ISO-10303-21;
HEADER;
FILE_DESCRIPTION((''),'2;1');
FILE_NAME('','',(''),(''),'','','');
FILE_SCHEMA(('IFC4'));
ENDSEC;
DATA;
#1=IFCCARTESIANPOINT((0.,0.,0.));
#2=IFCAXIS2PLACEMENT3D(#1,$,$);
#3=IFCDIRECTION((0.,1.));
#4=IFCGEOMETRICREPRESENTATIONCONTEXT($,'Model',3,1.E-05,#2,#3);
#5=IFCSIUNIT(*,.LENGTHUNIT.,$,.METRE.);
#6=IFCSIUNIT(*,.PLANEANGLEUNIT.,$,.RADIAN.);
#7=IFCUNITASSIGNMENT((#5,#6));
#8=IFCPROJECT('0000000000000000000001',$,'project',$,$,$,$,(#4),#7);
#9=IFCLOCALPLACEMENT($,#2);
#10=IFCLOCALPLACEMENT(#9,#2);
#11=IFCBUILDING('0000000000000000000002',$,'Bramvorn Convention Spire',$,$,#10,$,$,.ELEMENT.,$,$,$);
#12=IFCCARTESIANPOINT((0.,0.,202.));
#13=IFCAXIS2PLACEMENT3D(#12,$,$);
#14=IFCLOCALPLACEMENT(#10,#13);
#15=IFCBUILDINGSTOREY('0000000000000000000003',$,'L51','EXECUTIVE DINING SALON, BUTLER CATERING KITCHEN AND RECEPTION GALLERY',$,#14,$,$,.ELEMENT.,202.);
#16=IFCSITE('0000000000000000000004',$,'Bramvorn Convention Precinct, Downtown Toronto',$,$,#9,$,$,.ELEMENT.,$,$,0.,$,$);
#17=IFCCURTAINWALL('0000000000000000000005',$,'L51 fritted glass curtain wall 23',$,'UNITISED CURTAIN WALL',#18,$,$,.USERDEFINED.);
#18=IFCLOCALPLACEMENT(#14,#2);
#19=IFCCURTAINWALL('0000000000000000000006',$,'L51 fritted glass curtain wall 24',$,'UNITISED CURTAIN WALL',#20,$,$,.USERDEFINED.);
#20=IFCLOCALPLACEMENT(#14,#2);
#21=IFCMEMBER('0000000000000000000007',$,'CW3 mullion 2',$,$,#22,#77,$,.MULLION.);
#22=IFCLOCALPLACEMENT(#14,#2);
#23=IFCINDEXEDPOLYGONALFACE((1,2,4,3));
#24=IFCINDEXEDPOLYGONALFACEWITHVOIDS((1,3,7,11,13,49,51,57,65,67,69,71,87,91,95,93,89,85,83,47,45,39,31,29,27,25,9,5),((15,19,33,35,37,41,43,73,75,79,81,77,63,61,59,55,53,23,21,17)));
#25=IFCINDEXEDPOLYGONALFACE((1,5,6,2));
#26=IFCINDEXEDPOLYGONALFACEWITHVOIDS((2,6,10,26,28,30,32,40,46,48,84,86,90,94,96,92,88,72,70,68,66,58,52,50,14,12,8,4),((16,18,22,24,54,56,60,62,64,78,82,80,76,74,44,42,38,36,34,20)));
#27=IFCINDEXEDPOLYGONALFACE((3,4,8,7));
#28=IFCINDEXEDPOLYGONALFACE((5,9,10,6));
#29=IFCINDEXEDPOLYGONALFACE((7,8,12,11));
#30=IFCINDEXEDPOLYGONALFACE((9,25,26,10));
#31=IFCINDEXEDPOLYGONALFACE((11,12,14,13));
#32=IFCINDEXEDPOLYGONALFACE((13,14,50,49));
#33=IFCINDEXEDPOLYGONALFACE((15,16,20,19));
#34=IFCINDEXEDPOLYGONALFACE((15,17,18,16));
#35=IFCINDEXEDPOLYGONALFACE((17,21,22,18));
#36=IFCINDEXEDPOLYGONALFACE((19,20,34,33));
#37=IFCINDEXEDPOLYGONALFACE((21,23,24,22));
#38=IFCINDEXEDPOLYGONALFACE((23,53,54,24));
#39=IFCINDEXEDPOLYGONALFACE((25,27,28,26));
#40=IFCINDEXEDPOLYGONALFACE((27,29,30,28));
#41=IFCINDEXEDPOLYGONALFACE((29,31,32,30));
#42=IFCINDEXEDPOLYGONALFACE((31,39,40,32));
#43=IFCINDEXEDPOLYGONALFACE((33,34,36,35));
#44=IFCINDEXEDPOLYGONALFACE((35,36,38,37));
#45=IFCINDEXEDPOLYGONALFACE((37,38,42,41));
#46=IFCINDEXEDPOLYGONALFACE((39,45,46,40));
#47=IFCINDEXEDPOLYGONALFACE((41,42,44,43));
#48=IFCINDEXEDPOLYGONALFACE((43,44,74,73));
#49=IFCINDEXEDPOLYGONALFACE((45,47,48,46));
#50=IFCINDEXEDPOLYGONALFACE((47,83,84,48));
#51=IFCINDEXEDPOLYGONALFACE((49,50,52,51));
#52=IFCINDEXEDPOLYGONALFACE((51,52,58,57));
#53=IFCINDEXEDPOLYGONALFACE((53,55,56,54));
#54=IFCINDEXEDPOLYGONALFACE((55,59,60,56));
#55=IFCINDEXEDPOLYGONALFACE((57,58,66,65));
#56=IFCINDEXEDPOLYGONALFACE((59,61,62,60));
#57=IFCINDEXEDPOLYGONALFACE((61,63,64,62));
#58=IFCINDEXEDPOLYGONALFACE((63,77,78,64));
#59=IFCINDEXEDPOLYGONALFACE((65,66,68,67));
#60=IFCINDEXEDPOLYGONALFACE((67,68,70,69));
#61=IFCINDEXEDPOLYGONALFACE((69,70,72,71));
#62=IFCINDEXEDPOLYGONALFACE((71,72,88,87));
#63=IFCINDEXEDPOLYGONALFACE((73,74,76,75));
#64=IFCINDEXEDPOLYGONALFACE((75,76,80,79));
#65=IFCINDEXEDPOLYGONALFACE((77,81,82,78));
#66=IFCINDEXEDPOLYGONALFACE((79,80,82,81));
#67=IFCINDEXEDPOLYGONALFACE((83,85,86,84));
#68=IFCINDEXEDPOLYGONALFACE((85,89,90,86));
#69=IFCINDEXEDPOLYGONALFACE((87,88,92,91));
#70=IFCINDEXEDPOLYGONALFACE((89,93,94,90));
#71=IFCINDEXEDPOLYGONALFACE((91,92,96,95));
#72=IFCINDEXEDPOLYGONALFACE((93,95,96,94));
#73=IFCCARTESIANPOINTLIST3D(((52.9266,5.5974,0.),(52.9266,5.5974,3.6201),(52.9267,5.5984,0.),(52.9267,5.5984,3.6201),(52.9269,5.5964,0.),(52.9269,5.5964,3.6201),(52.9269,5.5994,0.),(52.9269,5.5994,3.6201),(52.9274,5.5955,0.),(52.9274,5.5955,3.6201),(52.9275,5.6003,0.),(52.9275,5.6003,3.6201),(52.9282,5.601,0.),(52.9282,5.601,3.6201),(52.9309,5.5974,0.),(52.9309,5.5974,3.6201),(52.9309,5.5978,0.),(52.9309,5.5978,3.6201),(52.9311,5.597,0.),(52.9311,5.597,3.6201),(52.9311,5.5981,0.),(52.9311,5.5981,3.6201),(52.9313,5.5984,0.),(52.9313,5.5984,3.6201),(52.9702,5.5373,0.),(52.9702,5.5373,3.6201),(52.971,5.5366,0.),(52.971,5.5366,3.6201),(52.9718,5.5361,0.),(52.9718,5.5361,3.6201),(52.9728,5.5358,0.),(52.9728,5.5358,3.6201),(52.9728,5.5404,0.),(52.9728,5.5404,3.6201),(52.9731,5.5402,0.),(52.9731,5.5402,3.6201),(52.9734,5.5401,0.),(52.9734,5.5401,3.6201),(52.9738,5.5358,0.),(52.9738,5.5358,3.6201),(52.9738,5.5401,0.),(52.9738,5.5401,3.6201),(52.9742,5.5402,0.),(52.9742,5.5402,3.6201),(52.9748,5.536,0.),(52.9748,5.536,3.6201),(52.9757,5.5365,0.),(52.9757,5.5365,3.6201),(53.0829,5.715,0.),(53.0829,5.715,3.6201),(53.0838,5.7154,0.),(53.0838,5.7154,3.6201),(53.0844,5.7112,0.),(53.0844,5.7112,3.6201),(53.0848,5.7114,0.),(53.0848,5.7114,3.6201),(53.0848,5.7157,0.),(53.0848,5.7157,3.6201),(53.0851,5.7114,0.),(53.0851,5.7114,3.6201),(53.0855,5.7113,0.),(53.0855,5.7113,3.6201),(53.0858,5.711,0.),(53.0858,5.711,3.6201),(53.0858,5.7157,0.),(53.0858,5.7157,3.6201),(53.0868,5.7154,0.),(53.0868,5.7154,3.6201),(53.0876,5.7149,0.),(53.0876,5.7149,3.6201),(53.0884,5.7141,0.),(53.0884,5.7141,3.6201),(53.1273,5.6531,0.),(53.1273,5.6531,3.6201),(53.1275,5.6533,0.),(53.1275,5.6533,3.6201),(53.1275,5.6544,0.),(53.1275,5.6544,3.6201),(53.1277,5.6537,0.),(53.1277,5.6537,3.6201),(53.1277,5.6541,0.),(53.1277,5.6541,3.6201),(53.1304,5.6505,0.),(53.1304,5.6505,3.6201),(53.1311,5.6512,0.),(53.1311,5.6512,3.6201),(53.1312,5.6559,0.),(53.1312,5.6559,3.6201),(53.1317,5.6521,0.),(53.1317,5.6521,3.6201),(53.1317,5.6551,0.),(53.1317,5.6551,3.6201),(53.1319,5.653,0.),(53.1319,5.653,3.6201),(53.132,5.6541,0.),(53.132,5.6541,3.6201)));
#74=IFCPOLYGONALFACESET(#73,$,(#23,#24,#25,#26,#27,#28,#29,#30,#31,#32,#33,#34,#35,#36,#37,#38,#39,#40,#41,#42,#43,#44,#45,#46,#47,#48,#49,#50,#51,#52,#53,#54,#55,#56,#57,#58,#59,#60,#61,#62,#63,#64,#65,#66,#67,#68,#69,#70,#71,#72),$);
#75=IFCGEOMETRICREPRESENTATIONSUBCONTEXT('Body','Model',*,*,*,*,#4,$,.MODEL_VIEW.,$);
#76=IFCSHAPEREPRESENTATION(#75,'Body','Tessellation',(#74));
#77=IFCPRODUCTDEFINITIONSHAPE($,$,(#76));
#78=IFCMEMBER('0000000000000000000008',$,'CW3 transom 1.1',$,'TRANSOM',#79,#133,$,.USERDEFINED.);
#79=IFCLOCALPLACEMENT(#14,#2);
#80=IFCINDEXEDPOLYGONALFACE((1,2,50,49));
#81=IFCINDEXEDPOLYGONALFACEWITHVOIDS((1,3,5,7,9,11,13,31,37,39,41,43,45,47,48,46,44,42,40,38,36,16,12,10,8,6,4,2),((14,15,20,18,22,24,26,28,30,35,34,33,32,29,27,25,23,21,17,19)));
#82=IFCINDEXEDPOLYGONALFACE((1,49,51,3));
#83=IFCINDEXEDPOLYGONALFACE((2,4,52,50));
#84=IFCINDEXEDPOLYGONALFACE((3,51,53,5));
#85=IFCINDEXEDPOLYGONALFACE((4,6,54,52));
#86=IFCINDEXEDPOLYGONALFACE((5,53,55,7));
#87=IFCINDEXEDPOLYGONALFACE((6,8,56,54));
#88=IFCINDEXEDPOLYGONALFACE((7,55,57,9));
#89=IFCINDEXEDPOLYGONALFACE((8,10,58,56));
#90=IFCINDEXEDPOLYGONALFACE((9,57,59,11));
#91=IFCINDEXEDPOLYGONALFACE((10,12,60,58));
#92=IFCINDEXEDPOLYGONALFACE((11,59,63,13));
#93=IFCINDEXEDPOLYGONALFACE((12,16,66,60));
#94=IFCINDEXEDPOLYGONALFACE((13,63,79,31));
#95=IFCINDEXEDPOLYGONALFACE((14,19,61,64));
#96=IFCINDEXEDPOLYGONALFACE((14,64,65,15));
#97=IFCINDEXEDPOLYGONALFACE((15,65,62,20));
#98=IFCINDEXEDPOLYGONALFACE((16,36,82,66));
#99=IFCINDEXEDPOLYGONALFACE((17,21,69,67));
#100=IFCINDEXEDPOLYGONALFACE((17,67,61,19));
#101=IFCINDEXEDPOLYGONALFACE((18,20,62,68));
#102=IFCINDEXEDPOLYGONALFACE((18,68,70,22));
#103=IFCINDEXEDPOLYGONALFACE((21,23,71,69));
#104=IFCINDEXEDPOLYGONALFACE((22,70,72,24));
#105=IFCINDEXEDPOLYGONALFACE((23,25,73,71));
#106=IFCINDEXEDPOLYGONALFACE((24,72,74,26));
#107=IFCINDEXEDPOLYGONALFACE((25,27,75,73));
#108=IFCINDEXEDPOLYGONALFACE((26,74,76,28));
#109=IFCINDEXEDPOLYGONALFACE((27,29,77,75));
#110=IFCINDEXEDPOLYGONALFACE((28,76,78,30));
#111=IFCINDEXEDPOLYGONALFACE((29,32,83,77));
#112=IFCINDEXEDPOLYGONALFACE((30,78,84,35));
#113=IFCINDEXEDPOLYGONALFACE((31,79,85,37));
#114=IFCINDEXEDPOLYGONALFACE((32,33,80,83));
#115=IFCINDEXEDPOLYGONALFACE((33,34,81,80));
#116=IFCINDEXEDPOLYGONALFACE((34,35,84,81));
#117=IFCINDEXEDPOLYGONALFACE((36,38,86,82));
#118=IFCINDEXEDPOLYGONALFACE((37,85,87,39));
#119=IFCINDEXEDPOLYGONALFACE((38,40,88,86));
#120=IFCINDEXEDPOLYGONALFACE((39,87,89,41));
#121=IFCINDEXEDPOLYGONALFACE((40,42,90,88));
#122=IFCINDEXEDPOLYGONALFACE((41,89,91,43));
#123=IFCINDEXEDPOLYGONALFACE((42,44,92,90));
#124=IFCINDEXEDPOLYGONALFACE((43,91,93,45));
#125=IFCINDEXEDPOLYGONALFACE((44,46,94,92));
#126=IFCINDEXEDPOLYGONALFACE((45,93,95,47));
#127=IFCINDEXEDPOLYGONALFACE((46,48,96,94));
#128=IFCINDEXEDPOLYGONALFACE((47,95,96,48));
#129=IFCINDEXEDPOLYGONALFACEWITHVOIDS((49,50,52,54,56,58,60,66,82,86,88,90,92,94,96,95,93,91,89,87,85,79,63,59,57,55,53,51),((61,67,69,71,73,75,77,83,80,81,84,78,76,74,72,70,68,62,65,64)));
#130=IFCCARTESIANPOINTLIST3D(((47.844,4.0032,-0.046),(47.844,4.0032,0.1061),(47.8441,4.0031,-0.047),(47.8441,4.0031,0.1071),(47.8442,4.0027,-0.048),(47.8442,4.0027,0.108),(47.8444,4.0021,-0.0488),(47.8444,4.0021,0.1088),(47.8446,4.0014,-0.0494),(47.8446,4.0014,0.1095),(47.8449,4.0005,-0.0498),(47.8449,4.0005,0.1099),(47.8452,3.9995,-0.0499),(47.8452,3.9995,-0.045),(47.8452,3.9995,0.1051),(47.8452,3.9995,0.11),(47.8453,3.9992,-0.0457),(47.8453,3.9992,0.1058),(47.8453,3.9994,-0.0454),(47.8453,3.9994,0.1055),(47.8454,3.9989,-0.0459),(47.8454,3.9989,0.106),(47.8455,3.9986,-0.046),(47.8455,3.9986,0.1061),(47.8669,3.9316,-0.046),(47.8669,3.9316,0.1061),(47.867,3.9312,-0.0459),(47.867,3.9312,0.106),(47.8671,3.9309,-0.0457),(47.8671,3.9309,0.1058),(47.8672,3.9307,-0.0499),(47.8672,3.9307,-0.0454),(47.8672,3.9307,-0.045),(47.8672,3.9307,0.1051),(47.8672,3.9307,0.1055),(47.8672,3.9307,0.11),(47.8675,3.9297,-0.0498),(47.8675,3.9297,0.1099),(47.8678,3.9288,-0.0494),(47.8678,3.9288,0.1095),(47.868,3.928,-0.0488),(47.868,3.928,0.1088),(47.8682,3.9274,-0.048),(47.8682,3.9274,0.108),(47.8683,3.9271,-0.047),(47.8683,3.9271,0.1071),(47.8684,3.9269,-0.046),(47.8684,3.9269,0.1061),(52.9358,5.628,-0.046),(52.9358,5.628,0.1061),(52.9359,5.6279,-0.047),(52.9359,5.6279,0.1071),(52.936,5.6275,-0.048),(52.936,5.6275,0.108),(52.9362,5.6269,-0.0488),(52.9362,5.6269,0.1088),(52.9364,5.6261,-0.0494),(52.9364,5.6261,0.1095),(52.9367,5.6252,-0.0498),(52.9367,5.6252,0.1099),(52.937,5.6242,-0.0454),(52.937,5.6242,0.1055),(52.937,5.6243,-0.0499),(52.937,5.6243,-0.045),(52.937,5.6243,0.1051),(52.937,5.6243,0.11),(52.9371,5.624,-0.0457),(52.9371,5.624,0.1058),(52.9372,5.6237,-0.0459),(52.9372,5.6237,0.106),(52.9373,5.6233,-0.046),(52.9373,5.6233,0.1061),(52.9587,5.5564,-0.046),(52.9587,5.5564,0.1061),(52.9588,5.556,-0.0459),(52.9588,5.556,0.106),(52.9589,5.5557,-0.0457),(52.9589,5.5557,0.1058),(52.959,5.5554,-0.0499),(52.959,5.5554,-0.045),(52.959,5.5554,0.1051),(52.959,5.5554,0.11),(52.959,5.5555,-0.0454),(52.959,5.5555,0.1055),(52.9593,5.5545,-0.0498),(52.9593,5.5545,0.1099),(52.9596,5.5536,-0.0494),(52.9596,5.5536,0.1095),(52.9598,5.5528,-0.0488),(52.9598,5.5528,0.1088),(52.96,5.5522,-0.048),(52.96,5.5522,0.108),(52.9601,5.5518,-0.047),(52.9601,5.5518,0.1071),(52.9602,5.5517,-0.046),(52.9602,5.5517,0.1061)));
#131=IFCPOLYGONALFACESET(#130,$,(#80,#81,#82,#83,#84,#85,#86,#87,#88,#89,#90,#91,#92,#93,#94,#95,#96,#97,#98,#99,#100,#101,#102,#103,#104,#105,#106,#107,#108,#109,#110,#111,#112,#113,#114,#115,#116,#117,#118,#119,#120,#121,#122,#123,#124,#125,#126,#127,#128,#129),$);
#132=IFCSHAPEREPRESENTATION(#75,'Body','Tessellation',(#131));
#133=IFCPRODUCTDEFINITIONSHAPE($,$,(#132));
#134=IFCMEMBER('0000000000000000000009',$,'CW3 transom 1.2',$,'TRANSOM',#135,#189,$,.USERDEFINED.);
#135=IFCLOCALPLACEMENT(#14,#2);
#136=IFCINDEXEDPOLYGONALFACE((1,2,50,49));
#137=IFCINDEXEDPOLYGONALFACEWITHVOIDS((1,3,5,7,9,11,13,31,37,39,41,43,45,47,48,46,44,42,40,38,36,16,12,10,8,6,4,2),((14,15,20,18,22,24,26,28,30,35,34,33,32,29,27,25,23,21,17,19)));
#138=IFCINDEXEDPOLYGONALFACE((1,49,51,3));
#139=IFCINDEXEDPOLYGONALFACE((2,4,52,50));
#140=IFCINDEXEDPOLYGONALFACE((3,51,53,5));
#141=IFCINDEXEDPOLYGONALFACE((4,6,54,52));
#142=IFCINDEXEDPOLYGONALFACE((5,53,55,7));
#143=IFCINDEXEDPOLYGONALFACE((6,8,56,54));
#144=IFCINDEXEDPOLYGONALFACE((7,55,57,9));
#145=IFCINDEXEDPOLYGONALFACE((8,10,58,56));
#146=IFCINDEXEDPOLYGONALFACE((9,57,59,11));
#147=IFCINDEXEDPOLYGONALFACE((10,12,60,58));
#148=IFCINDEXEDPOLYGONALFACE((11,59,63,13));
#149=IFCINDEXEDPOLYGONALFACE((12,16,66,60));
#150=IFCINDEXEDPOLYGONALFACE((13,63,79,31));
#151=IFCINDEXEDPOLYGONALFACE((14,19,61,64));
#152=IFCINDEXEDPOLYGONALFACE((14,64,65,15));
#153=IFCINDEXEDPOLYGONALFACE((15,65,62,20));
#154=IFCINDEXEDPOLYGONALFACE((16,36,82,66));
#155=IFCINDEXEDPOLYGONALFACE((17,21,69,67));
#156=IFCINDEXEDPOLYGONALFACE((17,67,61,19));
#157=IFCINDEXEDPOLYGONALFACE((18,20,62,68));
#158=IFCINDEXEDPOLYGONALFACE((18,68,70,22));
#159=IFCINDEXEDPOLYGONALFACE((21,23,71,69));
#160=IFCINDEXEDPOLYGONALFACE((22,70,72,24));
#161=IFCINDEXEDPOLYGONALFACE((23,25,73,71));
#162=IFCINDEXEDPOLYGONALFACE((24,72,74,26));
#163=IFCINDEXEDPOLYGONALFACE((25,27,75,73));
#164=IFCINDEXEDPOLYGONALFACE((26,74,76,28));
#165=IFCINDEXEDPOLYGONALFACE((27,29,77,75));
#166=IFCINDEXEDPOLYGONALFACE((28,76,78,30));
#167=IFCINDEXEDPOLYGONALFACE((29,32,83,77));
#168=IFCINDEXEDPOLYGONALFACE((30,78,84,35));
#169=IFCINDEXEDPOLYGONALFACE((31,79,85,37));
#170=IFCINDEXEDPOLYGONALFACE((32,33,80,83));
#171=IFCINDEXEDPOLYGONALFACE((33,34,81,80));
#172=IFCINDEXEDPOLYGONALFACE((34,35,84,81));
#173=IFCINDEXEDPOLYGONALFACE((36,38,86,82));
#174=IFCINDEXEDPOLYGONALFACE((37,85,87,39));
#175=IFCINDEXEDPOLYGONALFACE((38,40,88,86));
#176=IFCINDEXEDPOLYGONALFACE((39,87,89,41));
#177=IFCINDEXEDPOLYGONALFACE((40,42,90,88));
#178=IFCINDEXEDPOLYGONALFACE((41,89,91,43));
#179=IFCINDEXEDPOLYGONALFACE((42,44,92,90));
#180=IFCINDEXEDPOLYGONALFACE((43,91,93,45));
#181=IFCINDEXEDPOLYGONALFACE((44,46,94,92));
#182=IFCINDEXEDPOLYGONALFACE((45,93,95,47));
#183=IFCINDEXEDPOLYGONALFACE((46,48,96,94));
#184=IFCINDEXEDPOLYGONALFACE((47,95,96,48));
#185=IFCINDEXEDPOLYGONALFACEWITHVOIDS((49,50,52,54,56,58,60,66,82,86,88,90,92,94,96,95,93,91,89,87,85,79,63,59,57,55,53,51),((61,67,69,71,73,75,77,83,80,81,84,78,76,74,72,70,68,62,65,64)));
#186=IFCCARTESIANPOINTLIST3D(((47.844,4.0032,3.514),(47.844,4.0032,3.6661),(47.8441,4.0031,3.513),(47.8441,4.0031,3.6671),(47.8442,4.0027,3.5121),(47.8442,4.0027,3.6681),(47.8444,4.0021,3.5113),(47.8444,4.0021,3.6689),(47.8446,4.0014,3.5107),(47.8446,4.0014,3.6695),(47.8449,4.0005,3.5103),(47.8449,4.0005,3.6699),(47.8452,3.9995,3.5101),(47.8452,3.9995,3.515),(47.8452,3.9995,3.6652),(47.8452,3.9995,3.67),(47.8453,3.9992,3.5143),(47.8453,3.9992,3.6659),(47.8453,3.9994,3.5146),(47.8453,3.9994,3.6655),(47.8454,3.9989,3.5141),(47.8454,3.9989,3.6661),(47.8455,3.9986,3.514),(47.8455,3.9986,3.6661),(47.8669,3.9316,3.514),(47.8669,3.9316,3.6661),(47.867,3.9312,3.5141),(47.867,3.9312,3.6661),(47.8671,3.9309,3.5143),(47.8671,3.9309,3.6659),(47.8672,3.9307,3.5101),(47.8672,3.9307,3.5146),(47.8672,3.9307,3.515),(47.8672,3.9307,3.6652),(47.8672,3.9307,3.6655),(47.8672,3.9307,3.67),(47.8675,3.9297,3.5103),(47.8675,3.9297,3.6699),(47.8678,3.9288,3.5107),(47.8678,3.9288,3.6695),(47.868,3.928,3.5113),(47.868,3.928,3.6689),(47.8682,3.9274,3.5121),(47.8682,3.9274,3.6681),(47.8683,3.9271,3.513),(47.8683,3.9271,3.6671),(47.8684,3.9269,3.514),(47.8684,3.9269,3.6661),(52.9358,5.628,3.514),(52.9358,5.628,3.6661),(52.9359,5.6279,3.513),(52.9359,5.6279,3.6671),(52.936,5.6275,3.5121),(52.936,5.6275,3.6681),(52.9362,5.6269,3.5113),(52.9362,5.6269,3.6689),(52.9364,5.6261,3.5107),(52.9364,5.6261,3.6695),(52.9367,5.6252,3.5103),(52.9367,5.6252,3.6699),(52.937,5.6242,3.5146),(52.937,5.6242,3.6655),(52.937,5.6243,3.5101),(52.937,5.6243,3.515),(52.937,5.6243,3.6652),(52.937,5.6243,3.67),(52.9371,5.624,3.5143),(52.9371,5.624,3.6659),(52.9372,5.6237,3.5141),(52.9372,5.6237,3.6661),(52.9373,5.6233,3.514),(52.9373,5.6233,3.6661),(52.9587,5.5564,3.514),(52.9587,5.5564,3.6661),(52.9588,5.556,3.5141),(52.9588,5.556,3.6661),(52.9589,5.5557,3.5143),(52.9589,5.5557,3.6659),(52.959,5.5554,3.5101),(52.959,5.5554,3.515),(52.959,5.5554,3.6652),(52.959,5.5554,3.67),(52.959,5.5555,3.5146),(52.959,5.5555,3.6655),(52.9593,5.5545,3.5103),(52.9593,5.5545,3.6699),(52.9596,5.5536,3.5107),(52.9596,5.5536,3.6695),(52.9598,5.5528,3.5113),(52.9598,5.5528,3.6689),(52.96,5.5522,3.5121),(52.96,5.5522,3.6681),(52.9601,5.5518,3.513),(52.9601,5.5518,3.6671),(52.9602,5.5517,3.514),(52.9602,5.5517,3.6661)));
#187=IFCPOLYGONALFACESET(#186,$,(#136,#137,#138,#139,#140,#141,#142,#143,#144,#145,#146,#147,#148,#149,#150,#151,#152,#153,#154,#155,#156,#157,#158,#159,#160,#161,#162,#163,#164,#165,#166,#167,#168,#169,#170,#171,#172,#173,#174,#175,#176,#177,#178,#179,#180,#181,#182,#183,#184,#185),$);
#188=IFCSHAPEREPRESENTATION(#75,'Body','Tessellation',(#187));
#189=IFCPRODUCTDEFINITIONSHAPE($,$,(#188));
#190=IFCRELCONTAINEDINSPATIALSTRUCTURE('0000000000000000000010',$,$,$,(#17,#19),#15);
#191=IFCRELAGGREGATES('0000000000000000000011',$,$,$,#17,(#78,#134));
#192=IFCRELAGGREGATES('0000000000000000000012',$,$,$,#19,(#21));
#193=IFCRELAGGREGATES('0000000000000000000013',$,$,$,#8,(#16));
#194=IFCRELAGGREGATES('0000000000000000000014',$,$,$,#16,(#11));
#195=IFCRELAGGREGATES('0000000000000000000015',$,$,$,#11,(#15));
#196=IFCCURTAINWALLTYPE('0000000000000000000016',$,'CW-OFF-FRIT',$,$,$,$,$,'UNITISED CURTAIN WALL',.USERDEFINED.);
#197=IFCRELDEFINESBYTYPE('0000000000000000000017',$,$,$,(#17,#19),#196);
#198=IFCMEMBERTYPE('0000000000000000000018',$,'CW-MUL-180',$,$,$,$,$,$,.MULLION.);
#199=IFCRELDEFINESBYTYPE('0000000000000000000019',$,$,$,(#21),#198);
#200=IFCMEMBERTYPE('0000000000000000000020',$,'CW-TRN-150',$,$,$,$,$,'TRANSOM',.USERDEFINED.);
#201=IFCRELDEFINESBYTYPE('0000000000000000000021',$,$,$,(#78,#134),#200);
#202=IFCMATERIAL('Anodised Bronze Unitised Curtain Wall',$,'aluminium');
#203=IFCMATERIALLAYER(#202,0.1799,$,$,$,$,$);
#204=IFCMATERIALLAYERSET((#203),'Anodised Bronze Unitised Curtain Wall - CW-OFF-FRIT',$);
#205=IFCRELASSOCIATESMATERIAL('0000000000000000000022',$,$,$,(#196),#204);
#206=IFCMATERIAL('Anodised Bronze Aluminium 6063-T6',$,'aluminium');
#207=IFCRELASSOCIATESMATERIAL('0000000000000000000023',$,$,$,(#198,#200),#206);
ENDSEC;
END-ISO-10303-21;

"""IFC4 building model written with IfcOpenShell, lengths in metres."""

from ifc_helpers import new_model, si_unit, direction, frame, origin, origin_2d, place, context, subcontext, project, spatial, hollow_rectangle, extrude, material, layer, layer_set, material_profile, profile_set, type_object, element, aggregate, save


model = new_model("IFC4")

# Units and contexts
model_context = context("Model", 3, precision=1e-05, world=origin(), true_north=direction((0.0, 1.0)))
body_context = subcontext(model_context, "Body", "Model", "MODEL_VIEW")
ifc_project = project(units=[si_unit("LENGTHUNIT", "METRE"), si_unit("PLANEANGLEUNIT", "RADIAN")], contexts=[model_context])

# Site, building, storey
site_placement = place(None, origin())
site = spatial("IfcSite", under=ifc_project, at=site_placement, Name="Bramvorn Convention Precinct, Downtown Toronto", CompositionType="ELEMENT", RefElevation=0.0)
building_placement = place(site_placement, origin())
building = spatial("IfcBuilding", under=site, at=building_placement, Name="Bramvorn Convention Spire", CompositionType="ELEMENT")
storey_placement = place(building_placement, frame((0.0, 0.0, 202.0)))
storey = spatial("IfcBuildingStorey", under=building, at=storey_placement, Name="L51", Description="EXECUTIVE DINING SALON, BUTLER CATERING KITCHEN AND RECEPTION GALLERY", CompositionType="ELEMENT", Elevation=202.0)

# Curtain walls, member
ifc_material_1 = material(Name="Anodised Bronze Unitised Curtain Wall", Category="aluminium")
ifc_layer_1 = layer(ifc_material_1, 0.1799)
ifc_layer_set_1 = layer_set([ifc_layer_1], Name="Anodised Bronze Unitised Curtain Wall - CW-OFF-FRIT")
curtain_wall_type = type_object("IfcCurtainWallType", Name="CW-OFF-FRIT", ElementType="UNITISED CURTAIN WALL", PredefinedType="USERDEFINED", material=ifc_layer_set_1)
curtain_wall_1_placement = place(storey_placement, origin())
curtain_wall_1 = element("IfcCurtainWall", 1, at=curtain_wall_1_placement, inside=storey, type_object=curtain_wall_type, Name="L51 fritted glass curtain wall 23", ObjectType="UNITISED CURTAIN WALL", PredefinedType="USERDEFINED")
ifc_material_2 = material(Name="Anodised Bronze Aluminium 6063-T6", Category="aluminium")
ifc_material_profile_1 = material_profile(ifc_material_2, hollow_rectangle(XDim=0.0801, YDim=0.2, WallThickness=0.0039, InnerFilletRadius=0.001, OuterFilletRadius=0.0039, at=origin_2d()))
ifc_profile_set_1 = profile_set([ifc_material_profile_1], Name="Anodised Bronze Aluminium 6063-T6 - CWM80X200")
member_type_1 = type_object("IfcMemberType", Name="CW-MUL-180", PredefinedType="MULLION", material=ifc_profile_set_1)
curtain_wall_2_placement = place(storey_placement, origin())
curtain_wall_2 = element("IfcCurtainWall", 2, at=curtain_wall_2_placement, inside=storey, type_object=curtain_wall_type, Name="L51 fritted glass curtain wall 24", ObjectType="UNITISED CURTAIN WALL", PredefinedType="USERDEFINED")
member_1_placement = place(storey_placement, frame((53.0293, 5.6257, 0.0), z_axis=(0.0, 0.0, 1.0), x_axis=(0.593183, -0.805068, 0.0)))
member_1 = element("IfcMember", 3, at=member_1_placement, type_object=member_type_1, Name="CW3 mullion 2", PredefinedType="MULLION", context=body_context, shape_type="SweptSolid", body=[
    extrude(hollow_rectangle(XDim=0.0801, YDim=0.2, WallThickness=0.0039, InnerFilletRadius=0.001, OuterFilletRadius=0.0039, at=origin_2d()), origin(), (0.0, 0.0, 1.0), 3.6201),
])

# Members
ifc_material_profile_2 = material_profile(ifc_material_2, hollow_rectangle(XDim=0.0801, YDim=0.1599, WallThickness=0.0039, InnerFilletRadius=0.001, OuterFilletRadius=0.0039, at=origin_2d()))
ifc_profile_set_2 = profile_set([ifc_material_profile_2], Name="Anodised Bronze Aluminium 6063-T6 - CWT80X160")
member_type_2 = type_object("IfcMemberType", Name="CW-TRN-150", ElementType="TRANSOM", PredefinedType="USERDEFINED", material=ifc_profile_set_2)
member_2_placement = place(storey_placement, frame((52.948, 5.5898, 0.03), z_axis=(-0.952675, -0.303992, 0.0), x_axis=(0.303992, -0.952675, 0.0)))
member_2 = element("IfcMember", 4, at=member_2_placement, type_object=member_type_2, Name="CW3 transom 1.1", ObjectType="TRANSOM", PredefinedType="USERDEFINED", context=body_context, shape_type="SweptSolid", body=[
    extrude(hollow_rectangle(XDim=0.0801, YDim=0.1599, WallThickness=0.0039, InnerFilletRadius=0.001, OuterFilletRadius=0.0039, at=origin_2d()), origin(), (0.0, 0.0, 1.0), 5.3447),
])
member_3_placement = place(storey_placement, frame((52.948, 5.5898, 3.5901), z_axis=(-0.952675, -0.303992, 0.0), x_axis=(0.303992, -0.952675, 0.0)))
member_3 = element("IfcMember", 5, at=member_3_placement, type_object=member_type_2, Name="CW3 transom 1.2", ObjectType="TRANSOM", PredefinedType="USERDEFINED", context=body_context, shape_type="SweptSolid", body=[
    extrude(hollow_rectangle(XDim=0.0801, YDim=0.1599, WallThickness=0.0039, InnerFilletRadius=0.001, OuterFilletRadius=0.0039, at=origin_2d()), origin(), (0.0, 0.0, 1.0), 5.3447),
])

aggregate(curtain_wall_1, [member_2, member_3])
aggregate(curtain_wall_2, [member_1])

save(model, "model.ifc")
